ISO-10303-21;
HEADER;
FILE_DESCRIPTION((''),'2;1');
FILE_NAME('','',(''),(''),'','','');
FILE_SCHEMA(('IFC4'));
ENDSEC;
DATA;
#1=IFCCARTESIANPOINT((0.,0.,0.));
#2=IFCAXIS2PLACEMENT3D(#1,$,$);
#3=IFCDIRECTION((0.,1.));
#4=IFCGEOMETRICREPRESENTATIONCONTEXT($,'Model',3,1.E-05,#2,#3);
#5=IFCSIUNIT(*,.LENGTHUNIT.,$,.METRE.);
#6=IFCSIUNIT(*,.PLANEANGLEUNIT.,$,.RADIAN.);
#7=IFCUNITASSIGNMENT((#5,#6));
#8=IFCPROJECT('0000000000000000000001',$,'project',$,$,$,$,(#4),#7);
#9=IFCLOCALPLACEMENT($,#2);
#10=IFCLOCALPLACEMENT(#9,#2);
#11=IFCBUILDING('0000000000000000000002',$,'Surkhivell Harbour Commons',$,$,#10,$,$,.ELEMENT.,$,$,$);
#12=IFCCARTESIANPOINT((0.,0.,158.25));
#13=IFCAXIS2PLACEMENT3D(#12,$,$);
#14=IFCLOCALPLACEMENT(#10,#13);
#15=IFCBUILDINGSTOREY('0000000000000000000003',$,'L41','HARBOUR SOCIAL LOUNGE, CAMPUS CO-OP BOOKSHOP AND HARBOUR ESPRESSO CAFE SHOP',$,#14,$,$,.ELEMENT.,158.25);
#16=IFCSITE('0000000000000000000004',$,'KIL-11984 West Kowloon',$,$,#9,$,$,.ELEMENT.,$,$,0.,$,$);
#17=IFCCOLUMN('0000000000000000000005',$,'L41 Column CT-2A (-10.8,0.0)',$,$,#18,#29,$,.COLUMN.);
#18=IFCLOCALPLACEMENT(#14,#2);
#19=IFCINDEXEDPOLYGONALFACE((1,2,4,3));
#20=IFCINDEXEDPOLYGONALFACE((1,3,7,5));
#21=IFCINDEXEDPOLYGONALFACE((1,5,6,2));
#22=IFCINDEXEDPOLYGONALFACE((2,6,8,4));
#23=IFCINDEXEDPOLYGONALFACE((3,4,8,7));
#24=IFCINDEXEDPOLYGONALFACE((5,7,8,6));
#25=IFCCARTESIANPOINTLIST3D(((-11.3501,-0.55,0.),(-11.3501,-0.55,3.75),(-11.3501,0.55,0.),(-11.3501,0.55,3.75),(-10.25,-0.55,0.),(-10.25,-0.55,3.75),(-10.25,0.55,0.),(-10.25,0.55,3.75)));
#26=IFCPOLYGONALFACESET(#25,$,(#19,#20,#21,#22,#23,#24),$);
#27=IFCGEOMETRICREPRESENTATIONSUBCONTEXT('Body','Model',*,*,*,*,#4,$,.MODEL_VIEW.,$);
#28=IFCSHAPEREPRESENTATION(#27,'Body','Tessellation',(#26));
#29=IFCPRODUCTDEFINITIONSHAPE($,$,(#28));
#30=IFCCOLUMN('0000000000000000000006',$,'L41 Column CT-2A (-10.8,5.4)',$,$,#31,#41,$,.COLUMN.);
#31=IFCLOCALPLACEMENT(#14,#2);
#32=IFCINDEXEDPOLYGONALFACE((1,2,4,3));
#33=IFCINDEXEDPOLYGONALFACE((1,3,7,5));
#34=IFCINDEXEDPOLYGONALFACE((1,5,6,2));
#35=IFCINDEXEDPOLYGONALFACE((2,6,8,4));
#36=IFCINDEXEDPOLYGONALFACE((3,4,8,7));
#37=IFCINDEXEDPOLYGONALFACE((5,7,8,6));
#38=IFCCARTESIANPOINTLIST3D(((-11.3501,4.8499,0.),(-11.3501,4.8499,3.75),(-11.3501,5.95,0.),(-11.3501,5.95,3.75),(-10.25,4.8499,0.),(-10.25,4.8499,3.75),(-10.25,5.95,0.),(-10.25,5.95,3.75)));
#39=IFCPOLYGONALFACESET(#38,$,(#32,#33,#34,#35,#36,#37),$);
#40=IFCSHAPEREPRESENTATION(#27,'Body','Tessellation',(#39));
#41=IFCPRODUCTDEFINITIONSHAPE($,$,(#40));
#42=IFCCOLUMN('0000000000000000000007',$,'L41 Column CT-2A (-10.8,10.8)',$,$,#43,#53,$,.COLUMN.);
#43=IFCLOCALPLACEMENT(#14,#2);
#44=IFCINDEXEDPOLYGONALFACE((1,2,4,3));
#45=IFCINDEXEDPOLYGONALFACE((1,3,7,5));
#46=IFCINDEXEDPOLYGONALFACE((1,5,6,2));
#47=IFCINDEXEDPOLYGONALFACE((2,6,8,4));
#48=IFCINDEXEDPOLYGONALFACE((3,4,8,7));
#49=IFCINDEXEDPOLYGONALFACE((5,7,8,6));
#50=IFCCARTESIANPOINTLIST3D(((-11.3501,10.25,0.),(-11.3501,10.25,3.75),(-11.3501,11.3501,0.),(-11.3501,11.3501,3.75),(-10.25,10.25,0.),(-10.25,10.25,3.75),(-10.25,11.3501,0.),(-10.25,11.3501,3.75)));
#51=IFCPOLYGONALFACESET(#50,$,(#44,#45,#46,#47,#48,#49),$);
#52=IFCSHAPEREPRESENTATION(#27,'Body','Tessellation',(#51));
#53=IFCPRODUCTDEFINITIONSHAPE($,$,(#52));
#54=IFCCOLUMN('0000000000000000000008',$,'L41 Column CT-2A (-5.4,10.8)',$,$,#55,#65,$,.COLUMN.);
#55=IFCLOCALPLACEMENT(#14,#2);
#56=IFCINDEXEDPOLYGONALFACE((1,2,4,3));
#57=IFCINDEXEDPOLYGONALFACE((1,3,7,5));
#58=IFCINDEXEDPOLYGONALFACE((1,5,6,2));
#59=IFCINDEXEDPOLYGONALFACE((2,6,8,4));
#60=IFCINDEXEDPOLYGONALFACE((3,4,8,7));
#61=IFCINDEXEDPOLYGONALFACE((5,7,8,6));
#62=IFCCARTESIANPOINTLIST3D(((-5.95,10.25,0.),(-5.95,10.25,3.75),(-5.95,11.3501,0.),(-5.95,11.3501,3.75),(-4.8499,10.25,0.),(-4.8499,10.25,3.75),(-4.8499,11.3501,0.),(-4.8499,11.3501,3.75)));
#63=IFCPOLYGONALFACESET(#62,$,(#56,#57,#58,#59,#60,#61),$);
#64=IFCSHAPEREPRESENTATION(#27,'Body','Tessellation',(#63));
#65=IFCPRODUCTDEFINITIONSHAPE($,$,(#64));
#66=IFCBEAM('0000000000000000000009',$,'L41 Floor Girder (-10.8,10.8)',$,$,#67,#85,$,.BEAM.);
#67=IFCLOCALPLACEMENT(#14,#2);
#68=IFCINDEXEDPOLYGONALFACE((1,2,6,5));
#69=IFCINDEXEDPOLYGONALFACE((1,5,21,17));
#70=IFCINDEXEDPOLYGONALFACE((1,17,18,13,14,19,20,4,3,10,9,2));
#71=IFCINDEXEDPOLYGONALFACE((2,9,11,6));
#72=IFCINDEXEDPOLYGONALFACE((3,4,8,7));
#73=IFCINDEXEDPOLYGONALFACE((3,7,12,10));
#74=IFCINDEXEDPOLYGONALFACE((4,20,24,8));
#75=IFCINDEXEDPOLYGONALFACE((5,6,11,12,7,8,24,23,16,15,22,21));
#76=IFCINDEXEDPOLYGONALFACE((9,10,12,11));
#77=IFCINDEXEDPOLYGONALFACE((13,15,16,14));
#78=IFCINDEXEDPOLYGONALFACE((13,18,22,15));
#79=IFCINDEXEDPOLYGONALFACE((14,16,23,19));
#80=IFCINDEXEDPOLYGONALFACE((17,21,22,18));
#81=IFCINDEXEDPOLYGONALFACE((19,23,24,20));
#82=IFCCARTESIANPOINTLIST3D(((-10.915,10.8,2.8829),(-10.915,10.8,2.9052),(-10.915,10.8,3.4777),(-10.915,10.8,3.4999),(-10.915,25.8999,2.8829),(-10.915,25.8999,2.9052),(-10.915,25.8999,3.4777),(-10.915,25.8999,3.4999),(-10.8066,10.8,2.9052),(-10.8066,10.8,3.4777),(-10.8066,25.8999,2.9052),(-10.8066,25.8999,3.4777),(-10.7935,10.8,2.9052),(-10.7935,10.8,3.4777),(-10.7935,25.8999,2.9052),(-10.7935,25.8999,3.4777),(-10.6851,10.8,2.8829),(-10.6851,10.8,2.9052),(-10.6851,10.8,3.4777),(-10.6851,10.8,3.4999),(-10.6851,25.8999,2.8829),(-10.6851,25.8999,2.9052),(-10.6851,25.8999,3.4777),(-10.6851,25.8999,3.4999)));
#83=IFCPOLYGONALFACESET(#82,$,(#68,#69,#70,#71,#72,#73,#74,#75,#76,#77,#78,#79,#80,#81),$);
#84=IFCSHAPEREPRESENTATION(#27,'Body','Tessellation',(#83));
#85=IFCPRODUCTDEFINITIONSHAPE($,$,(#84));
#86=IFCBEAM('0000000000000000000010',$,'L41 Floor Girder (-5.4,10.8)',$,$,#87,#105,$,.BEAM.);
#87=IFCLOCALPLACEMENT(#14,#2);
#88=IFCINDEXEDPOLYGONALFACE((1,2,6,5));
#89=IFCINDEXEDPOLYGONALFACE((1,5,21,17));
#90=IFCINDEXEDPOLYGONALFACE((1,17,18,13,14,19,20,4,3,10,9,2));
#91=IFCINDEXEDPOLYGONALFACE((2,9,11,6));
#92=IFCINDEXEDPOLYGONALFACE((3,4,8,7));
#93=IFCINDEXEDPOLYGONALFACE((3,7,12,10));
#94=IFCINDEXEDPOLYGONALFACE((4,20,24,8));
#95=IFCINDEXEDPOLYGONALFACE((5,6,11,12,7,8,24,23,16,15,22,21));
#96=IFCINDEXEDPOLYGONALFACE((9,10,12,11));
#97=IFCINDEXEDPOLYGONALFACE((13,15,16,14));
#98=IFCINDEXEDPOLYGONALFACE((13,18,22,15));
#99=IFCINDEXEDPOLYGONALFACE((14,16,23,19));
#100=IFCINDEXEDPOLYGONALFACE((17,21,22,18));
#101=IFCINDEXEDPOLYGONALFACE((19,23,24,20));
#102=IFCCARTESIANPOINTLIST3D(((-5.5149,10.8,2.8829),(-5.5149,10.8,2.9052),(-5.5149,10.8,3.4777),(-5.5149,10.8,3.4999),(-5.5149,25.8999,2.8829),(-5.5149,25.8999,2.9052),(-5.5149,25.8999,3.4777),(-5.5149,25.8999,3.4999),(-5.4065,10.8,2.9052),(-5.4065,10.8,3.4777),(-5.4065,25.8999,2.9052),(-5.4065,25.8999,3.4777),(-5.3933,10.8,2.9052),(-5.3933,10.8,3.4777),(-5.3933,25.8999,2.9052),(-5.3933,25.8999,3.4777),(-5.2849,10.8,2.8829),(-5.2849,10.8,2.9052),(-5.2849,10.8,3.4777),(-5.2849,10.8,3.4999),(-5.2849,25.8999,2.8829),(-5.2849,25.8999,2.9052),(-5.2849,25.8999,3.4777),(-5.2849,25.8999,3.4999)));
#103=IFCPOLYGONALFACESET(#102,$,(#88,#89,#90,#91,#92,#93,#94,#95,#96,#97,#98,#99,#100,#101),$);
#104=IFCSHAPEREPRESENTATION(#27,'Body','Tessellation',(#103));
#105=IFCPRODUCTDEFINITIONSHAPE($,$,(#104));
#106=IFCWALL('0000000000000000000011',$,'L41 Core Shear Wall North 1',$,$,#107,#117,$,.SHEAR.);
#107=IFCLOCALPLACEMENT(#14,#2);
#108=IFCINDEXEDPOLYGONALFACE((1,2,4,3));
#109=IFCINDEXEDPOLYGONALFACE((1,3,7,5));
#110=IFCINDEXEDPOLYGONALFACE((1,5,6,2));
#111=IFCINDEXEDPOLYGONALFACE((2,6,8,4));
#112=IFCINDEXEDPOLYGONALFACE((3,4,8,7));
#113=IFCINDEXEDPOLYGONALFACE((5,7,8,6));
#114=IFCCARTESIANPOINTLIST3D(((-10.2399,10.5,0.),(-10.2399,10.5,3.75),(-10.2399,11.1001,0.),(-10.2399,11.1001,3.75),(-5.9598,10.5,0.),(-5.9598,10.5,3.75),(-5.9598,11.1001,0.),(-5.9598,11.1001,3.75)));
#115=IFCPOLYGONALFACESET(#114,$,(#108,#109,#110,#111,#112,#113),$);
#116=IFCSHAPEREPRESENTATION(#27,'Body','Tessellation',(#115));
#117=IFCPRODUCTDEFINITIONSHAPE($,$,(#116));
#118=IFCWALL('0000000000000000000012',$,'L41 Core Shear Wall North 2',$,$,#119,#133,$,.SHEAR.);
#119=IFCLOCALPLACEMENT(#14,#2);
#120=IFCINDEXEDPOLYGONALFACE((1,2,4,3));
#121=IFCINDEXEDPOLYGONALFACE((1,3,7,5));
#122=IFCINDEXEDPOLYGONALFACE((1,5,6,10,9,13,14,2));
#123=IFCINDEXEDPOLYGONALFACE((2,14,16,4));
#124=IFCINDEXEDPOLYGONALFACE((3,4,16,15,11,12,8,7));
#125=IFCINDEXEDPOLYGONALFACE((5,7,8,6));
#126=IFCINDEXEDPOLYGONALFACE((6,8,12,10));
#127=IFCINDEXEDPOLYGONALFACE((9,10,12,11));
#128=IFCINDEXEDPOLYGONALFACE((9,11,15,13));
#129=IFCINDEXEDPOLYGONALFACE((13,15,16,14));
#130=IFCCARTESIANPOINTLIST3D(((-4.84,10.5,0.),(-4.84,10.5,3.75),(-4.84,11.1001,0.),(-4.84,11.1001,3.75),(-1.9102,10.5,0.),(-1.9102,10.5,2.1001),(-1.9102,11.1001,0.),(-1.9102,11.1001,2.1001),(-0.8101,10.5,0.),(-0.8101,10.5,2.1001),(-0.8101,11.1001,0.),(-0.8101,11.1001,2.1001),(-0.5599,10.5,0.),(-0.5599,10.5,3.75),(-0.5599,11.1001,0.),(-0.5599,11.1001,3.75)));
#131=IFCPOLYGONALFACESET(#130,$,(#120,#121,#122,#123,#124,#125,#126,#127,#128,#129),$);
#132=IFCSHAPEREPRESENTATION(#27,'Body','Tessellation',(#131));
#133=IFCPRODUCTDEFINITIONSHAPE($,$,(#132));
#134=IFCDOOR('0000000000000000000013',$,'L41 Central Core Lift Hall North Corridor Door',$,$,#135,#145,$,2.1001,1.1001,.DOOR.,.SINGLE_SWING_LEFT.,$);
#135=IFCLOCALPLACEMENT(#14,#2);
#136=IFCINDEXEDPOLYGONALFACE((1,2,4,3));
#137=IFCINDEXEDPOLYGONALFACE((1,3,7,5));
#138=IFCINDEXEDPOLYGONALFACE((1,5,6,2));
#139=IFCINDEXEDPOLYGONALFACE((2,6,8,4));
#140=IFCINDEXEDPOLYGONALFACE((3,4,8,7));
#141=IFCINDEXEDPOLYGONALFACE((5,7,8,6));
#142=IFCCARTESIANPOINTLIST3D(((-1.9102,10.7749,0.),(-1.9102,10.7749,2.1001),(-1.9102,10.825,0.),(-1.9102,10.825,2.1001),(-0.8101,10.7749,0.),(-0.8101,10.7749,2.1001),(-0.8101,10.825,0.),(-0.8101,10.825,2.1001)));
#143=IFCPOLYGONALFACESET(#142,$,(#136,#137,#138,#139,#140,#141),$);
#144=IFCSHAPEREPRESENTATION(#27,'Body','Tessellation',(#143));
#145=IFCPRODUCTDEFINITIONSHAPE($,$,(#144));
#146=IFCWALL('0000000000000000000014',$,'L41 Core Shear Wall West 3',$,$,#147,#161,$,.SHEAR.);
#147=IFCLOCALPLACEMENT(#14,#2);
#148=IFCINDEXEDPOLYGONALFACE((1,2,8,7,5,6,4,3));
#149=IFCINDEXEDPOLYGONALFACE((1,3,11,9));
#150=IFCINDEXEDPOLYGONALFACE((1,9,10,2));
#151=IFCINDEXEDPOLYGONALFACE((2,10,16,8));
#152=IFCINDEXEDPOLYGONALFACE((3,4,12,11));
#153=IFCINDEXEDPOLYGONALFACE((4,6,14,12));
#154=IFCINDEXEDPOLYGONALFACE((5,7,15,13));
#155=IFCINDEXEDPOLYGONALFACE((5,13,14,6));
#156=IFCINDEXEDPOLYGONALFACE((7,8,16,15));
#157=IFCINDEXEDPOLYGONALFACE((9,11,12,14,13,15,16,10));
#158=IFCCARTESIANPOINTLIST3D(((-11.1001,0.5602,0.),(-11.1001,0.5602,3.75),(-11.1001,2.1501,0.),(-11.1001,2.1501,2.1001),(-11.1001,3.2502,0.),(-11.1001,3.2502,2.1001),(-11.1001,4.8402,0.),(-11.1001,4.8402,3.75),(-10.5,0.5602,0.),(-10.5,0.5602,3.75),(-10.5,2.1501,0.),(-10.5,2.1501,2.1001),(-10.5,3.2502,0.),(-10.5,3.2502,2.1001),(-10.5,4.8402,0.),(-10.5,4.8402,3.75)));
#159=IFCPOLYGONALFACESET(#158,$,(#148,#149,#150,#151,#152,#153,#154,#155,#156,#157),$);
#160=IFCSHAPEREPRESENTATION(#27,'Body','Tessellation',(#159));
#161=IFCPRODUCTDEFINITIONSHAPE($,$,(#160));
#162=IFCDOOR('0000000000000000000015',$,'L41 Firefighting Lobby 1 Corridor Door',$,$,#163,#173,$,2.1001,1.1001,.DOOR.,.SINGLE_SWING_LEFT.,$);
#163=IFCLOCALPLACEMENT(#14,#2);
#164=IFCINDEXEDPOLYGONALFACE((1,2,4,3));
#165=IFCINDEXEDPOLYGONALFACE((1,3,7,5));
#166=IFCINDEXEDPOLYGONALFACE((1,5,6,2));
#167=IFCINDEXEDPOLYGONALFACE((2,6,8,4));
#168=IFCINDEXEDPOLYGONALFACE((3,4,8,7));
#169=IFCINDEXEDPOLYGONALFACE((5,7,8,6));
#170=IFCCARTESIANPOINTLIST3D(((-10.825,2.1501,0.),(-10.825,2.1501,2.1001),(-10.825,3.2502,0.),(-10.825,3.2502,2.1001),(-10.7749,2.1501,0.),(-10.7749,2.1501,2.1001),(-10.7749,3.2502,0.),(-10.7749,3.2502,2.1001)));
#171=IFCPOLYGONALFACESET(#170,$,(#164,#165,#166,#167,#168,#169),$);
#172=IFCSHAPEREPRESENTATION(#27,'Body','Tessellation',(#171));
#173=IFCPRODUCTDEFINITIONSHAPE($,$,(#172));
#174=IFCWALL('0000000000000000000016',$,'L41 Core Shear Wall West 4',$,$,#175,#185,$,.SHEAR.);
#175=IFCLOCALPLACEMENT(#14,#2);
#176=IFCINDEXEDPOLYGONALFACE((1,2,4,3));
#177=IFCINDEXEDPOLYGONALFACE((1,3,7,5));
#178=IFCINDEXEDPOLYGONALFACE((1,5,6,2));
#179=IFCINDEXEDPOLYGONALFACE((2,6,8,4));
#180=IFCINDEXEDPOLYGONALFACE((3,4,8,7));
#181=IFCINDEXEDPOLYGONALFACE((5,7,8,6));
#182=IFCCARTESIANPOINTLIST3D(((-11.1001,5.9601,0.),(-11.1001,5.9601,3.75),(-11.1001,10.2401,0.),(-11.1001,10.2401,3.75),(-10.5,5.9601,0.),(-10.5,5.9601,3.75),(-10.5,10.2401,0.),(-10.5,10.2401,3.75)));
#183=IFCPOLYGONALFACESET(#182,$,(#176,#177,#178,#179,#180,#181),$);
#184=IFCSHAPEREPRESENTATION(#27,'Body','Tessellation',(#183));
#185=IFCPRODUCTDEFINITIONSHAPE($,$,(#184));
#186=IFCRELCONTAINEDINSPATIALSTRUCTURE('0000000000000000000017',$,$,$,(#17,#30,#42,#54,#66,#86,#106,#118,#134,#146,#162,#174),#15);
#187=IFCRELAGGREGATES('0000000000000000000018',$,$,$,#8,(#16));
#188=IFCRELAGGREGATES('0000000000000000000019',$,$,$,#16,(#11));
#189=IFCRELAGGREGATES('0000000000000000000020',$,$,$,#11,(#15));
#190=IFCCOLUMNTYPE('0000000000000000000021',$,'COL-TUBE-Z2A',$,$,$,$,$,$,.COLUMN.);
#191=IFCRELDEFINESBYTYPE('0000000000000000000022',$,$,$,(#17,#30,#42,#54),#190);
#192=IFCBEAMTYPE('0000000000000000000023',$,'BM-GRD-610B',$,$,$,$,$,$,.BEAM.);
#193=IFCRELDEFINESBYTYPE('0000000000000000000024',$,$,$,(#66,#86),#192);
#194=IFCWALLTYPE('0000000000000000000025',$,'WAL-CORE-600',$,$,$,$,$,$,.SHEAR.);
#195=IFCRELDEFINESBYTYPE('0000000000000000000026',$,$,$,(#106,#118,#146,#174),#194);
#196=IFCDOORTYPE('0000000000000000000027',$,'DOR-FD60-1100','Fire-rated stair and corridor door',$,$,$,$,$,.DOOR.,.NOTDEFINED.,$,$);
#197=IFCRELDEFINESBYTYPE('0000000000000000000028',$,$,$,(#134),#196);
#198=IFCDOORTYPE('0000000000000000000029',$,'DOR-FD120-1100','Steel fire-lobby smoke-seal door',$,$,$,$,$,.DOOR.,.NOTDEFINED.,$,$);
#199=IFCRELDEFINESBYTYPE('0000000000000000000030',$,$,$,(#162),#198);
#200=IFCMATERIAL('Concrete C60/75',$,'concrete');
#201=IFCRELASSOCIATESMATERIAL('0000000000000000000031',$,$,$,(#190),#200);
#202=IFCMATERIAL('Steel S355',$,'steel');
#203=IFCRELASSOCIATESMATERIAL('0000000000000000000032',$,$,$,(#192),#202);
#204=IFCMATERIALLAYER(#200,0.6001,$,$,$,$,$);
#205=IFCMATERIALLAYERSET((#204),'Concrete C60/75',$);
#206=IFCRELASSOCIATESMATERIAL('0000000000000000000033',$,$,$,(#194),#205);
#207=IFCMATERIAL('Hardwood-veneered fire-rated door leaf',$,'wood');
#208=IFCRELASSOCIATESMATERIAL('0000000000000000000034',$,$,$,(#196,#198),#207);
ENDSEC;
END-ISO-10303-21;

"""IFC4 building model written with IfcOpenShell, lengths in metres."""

from ifc_helpers import new_model, si_unit, direction, frame, frame_2d, origin, origin_2d, place, context, subcontext, project, spatial, rectangle, i_section, extrude, material, layer, layer_set, material_profile, profile_set, type_object, element, fill, save


model = new_model("IFC4")

# Units and contexts
model_context = context("Model", 3, precision=1e-05, world=origin(), true_north=direction((0.0, 1.0)))
body_context = subcontext(model_context, "Body", "Model", "MODEL_VIEW")
ifc_project = project(units=[si_unit("LENGTHUNIT", "METRE"), si_unit("PLANEANGLEUNIT", "RADIAN")], contexts=[model_context])

# Site, building, storey
site_placement = place(None, origin())
site = spatial("IfcSite", under=ifc_project, at=site_placement, Name="KIL-11984 West Kowloon", CompositionType="ELEMENT", RefElevation=0.0)
building_placement = place(site_placement, origin())
building = spatial("IfcBuilding", under=site, at=building_placement, Name="Surkhivell Harbour Commons", CompositionType="ELEMENT")
storey_placement = place(building_placement, frame((0.0, 0.0, 158.25)))
storey = spatial("IfcBuildingStorey", under=building, at=storey_placement, Name="L41", Description="HARBOUR SOCIAL LOUNGE, CAMPUS CO-OP BOOKSHOP AND HARBOUR ESPRESSO CAFE SHOP", CompositionType="ELEMENT", Elevation=158.25)

# Columns
ifc_material_1 = material(Name="Concrete C60/75", Category="concrete")
ifc_material_profile_1 = material_profile(ifc_material_1, rectangle(XDim=1.1001, YDim=1.1001, at=origin_2d()), Name="RC-COL-1100x1100")
ifc_profile_set_1 = profile_set([ifc_material_profile_1], Name="Concrete C60/75")
column_type = type_object("IfcColumnType", Name="COL-TUBE-Z2A", PredefinedType="COLUMN", material=ifc_profile_set_1)
for number, where, z_axis, x_axis, name in (
    (1, (-10.8, 0.0, 0.0), (0.0, 0.0, 1.0), (1.0, 0.0, 0.0), "L41 Column CT-2A (-10.8,0.0)"),
    (2, (-10.8, 5.3999, 0.0), (0.0, 0.0, 1.0), (1.0, 0.0, 0.0), "L41 Column CT-2A (-10.8,5.4)"),
    (3, (-10.8, 10.8, 0.0), (0.0, 0.0, 1.0), (1.0, 0.0, 0.0), "L41 Column CT-2A (-10.8,10.8)"),
    (4, (-5.3999, 10.8, 0.0), (0.0, 0.0, 1.0), (1.0, 0.0, 0.0), "L41 Column CT-2A (-5.4,10.8)"),
):
    element("IfcColumn", number, at=place(storey_placement, frame(where, z_axis=z_axis, x_axis=x_axis)), inside=storey, type_object=column_type, Name=name, PredefinedType="COLUMN", context=body_context, shape_type="SweptSolid", body=[
        extrude(rectangle(XDim=1.1001, YDim=1.1001, at=origin_2d()), origin(), (0.0, 0.0, 1.0), 3.75),
    ])

# Beams
ifc_material_2 = material(Name="Steel S355", Category="steel")
ifc_material_profile_2 = material_profile(ifc_material_2, i_section(OverallWidth=0.23, OverallDepth=0.6169, WebThickness=0.0132, FlangeThickness=0.0222, at=origin_2d()), Name="UB610x229x140")
ifc_profile_set_2 = profile_set([ifc_material_profile_2], Name="Steel S355")
beam_type = type_object("IfcBeamType", Name="BM-GRD-610B", PredefinedType="BEAM", material=ifc_profile_set_2)
for number, where, z_axis, x_axis, name in (
    (5, (-10.8, 10.8, 3.1914), (0.0, 1.0, 0.0), (-1.0, 0.0, 0.0), "L41 Floor Girder (-10.8,10.8)"),
    (6, (-5.3999, 10.8, 3.1914), (0.0, 1.0, 0.0), (-1.0, 0.0, 0.0), "L41 Floor Girder (-5.4,10.8)"),
):
    element("IfcBeam", number, at=place(storey_placement, frame(where, z_axis=z_axis, x_axis=x_axis)), inside=storey, type_object=beam_type, Name=name, PredefinedType="BEAM", context=body_context, shape_type="SweptSolid", body=[
        extrude(i_section(OverallWidth=0.23, OverallDepth=0.6169, WebThickness=0.0132, FlangeThickness=0.0222, at=origin_2d()), origin(), (0.0, 0.0, 1.0), 15.0999),
    ])

# Wall
ifc_layer_1 = layer(ifc_material_1, 0.6001)
ifc_layer_set_1 = layer_set([ifc_layer_1], Name="Concrete C60/75")
wall_type_1 = type_object("IfcWallType", Name="WAL-CORE-600", PredefinedType="SHEAR", material=ifc_layer_set_1)
wall_1_placement = place(storey_placement, frame((-10.24, 10.8, 0.0), z_axis=(0.0, 0.0, 1.0), x_axis=(1.0, 0.0, 0.0)))
element("IfcWall", 7, at=wall_1_placement, inside=storey, type_object=wall_type_1, Name="L41 Core Shear Wall North 1", PredefinedType="SHEAR", context=body_context, shape_type="SweptSolid", body=[
    extrude(rectangle(XDim=4.28, YDim=0.6001, at=frame_2d((2.1401, 0.0))), origin(), (0.0, 0.0, 1.0), 3.75),
])

# Walls, openings, doors
wall_2_placement = place(storey_placement, frame((-4.8401, 10.8, 0.0), z_axis=(0.0, 0.0, 1.0), x_axis=(1.0, 0.0, 0.0)))
wall_2 = element("IfcWall", 8, at=wall_2_placement, inside=storey, type_object=wall_type_1, Name="L41 Core Shear Wall North 2", PredefinedType="SHEAR", context=body_context, shape_type="SweptSolid", body=[
    extrude(rectangle(XDim=4.28, YDim=0.6001, at=frame_2d((2.1401, 0.0))), origin(), (0.0, 0.0, 1.0), 3.75),
])
opening_1_placement = place(wall_2_placement, frame((2.9299, 0.0, 0.0)))
opening_1 = element("IfcOpeningElement", 9, at=opening_1_placement, cuts=wall_2, PredefinedType="OPENING", context=body_context, shape_type="SweptSolid", body=[
    extrude(rectangle(XDim=1.1001, YDim=2.1001, at=frame_2d((0.55, 1.05))), frame((0.0, 0.3101, 0.0), z_axis=(0.0, -1.0, 0.0), x_axis=(1.0, 0.0, 0.0)), (0.0, 0.0, 1.0), 0.6201),
])
ifc_material_3 = material(Name="Hardwood-veneered fire-rated door leaf", Category="wood")
door_type_1 = type_object("IfcDoorType", Name="DOR-FD60-1100", Description="Fire-rated stair and corridor door", OperationType="NOTDEFINED", PredefinedType="DOOR", material=ifc_material_3)
door_1_placement = place(opening_1_placement, origin())
door_1 = element("IfcDoor", 10, at=door_1_placement, inside=storey, type_object=door_type_1, Name="L41 Central Core Lift Hall North Corridor Door", OperationType="SINGLE_SWING_LEFT", OverallHeight=2.1001, OverallWidth=1.1001, PredefinedType="DOOR", context=body_context, shape_type="SweptSolid", body=[
    extrude(rectangle(XDim=1.1001, YDim=2.1001, at=frame_2d((0.55, 1.05))), frame((0.0, 0.0249, 0.0), z_axis=(0.0, -1.0, 0.0), x_axis=(1.0, 0.0, 0.0)), (0.0, 0.0, 1.0), 0.05),
])
fill(opening_1, door_1)
wall_3_placement = place(storey_placement, frame((-10.8, 0.5601, 0.0), z_axis=(0.0, 0.0, 1.0), x_axis=(0.0, 1.0, 0.0)))
wall_3 = element("IfcWall", 11, at=wall_3_placement, inside=storey, type_object=wall_type_1, Name="L41 Core Shear Wall West 3", PredefinedType="SHEAR", context=body_context, shape_type="SweptSolid", body=[
    extrude(rectangle(XDim=4.28, YDim=0.6001, at=frame_2d((2.1401, 0.0))), origin(), (0.0, 0.0, 1.0), 3.75),
])
opening_2_placement = place(wall_3_placement, frame((1.5901, 0.0, 0.0)))
opening_2 = element("IfcOpeningElement", 12, at=opening_2_placement, cuts=wall_3, PredefinedType="OPENING", context=body_context, shape_type="SweptSolid", body=[
    extrude(rectangle(XDim=1.1001, YDim=2.1001, at=frame_2d((0.55, 1.05))), frame((0.0, 0.3101, 0.0), z_axis=(0.0, -1.0, 0.0), x_axis=(1.0, 0.0, 0.0)), (0.0, 0.0, 1.0), 0.6201),
])
door_type_2 = type_object("IfcDoorType", Name="DOR-FD120-1100", Description="Steel fire-lobby smoke-seal door", OperationType="NOTDEFINED", PredefinedType="DOOR", material=ifc_material_3)
door_2_placement = place(opening_2_placement, origin())
door_2 = element("IfcDoor", 13, at=door_2_placement, inside=storey, type_object=door_type_2, Name="L41 Firefighting Lobby 1 Corridor Door", OperationType="SINGLE_SWING_LEFT", OverallHeight=2.1001, OverallWidth=1.1001, PredefinedType="DOOR", context=body_context, shape_type="SweptSolid", body=[
    extrude(rectangle(XDim=1.1001, YDim=2.1001, at=frame_2d((0.55, 1.05))), frame((0.0, 0.0249, 0.0), z_axis=(0.0, -1.0, 0.0), x_axis=(1.0, 0.0, 0.0)), (0.0, 0.0, 1.0), 0.05),
])
fill(opening_2, door_2)

# Wall
wall_4_placement = place(storey_placement, frame((-10.8, 5.96, 0.0), z_axis=(0.0, 0.0, 1.0), x_axis=(0.0, 1.0, 0.0)))
element("IfcWall", 14, at=wall_4_placement, inside=storey, type_object=wall_type_1, Name="L41 Core Shear Wall West 4", PredefinedType="SHEAR", context=body_context, shape_type="SweptSolid", body=[
    extrude(rectangle(XDim=4.28, YDim=0.6001, at=frame_2d((2.1401, 0.0))), origin(), (0.0, 0.0, 1.0), 3.75),
])

save(model, "model.ifc")
